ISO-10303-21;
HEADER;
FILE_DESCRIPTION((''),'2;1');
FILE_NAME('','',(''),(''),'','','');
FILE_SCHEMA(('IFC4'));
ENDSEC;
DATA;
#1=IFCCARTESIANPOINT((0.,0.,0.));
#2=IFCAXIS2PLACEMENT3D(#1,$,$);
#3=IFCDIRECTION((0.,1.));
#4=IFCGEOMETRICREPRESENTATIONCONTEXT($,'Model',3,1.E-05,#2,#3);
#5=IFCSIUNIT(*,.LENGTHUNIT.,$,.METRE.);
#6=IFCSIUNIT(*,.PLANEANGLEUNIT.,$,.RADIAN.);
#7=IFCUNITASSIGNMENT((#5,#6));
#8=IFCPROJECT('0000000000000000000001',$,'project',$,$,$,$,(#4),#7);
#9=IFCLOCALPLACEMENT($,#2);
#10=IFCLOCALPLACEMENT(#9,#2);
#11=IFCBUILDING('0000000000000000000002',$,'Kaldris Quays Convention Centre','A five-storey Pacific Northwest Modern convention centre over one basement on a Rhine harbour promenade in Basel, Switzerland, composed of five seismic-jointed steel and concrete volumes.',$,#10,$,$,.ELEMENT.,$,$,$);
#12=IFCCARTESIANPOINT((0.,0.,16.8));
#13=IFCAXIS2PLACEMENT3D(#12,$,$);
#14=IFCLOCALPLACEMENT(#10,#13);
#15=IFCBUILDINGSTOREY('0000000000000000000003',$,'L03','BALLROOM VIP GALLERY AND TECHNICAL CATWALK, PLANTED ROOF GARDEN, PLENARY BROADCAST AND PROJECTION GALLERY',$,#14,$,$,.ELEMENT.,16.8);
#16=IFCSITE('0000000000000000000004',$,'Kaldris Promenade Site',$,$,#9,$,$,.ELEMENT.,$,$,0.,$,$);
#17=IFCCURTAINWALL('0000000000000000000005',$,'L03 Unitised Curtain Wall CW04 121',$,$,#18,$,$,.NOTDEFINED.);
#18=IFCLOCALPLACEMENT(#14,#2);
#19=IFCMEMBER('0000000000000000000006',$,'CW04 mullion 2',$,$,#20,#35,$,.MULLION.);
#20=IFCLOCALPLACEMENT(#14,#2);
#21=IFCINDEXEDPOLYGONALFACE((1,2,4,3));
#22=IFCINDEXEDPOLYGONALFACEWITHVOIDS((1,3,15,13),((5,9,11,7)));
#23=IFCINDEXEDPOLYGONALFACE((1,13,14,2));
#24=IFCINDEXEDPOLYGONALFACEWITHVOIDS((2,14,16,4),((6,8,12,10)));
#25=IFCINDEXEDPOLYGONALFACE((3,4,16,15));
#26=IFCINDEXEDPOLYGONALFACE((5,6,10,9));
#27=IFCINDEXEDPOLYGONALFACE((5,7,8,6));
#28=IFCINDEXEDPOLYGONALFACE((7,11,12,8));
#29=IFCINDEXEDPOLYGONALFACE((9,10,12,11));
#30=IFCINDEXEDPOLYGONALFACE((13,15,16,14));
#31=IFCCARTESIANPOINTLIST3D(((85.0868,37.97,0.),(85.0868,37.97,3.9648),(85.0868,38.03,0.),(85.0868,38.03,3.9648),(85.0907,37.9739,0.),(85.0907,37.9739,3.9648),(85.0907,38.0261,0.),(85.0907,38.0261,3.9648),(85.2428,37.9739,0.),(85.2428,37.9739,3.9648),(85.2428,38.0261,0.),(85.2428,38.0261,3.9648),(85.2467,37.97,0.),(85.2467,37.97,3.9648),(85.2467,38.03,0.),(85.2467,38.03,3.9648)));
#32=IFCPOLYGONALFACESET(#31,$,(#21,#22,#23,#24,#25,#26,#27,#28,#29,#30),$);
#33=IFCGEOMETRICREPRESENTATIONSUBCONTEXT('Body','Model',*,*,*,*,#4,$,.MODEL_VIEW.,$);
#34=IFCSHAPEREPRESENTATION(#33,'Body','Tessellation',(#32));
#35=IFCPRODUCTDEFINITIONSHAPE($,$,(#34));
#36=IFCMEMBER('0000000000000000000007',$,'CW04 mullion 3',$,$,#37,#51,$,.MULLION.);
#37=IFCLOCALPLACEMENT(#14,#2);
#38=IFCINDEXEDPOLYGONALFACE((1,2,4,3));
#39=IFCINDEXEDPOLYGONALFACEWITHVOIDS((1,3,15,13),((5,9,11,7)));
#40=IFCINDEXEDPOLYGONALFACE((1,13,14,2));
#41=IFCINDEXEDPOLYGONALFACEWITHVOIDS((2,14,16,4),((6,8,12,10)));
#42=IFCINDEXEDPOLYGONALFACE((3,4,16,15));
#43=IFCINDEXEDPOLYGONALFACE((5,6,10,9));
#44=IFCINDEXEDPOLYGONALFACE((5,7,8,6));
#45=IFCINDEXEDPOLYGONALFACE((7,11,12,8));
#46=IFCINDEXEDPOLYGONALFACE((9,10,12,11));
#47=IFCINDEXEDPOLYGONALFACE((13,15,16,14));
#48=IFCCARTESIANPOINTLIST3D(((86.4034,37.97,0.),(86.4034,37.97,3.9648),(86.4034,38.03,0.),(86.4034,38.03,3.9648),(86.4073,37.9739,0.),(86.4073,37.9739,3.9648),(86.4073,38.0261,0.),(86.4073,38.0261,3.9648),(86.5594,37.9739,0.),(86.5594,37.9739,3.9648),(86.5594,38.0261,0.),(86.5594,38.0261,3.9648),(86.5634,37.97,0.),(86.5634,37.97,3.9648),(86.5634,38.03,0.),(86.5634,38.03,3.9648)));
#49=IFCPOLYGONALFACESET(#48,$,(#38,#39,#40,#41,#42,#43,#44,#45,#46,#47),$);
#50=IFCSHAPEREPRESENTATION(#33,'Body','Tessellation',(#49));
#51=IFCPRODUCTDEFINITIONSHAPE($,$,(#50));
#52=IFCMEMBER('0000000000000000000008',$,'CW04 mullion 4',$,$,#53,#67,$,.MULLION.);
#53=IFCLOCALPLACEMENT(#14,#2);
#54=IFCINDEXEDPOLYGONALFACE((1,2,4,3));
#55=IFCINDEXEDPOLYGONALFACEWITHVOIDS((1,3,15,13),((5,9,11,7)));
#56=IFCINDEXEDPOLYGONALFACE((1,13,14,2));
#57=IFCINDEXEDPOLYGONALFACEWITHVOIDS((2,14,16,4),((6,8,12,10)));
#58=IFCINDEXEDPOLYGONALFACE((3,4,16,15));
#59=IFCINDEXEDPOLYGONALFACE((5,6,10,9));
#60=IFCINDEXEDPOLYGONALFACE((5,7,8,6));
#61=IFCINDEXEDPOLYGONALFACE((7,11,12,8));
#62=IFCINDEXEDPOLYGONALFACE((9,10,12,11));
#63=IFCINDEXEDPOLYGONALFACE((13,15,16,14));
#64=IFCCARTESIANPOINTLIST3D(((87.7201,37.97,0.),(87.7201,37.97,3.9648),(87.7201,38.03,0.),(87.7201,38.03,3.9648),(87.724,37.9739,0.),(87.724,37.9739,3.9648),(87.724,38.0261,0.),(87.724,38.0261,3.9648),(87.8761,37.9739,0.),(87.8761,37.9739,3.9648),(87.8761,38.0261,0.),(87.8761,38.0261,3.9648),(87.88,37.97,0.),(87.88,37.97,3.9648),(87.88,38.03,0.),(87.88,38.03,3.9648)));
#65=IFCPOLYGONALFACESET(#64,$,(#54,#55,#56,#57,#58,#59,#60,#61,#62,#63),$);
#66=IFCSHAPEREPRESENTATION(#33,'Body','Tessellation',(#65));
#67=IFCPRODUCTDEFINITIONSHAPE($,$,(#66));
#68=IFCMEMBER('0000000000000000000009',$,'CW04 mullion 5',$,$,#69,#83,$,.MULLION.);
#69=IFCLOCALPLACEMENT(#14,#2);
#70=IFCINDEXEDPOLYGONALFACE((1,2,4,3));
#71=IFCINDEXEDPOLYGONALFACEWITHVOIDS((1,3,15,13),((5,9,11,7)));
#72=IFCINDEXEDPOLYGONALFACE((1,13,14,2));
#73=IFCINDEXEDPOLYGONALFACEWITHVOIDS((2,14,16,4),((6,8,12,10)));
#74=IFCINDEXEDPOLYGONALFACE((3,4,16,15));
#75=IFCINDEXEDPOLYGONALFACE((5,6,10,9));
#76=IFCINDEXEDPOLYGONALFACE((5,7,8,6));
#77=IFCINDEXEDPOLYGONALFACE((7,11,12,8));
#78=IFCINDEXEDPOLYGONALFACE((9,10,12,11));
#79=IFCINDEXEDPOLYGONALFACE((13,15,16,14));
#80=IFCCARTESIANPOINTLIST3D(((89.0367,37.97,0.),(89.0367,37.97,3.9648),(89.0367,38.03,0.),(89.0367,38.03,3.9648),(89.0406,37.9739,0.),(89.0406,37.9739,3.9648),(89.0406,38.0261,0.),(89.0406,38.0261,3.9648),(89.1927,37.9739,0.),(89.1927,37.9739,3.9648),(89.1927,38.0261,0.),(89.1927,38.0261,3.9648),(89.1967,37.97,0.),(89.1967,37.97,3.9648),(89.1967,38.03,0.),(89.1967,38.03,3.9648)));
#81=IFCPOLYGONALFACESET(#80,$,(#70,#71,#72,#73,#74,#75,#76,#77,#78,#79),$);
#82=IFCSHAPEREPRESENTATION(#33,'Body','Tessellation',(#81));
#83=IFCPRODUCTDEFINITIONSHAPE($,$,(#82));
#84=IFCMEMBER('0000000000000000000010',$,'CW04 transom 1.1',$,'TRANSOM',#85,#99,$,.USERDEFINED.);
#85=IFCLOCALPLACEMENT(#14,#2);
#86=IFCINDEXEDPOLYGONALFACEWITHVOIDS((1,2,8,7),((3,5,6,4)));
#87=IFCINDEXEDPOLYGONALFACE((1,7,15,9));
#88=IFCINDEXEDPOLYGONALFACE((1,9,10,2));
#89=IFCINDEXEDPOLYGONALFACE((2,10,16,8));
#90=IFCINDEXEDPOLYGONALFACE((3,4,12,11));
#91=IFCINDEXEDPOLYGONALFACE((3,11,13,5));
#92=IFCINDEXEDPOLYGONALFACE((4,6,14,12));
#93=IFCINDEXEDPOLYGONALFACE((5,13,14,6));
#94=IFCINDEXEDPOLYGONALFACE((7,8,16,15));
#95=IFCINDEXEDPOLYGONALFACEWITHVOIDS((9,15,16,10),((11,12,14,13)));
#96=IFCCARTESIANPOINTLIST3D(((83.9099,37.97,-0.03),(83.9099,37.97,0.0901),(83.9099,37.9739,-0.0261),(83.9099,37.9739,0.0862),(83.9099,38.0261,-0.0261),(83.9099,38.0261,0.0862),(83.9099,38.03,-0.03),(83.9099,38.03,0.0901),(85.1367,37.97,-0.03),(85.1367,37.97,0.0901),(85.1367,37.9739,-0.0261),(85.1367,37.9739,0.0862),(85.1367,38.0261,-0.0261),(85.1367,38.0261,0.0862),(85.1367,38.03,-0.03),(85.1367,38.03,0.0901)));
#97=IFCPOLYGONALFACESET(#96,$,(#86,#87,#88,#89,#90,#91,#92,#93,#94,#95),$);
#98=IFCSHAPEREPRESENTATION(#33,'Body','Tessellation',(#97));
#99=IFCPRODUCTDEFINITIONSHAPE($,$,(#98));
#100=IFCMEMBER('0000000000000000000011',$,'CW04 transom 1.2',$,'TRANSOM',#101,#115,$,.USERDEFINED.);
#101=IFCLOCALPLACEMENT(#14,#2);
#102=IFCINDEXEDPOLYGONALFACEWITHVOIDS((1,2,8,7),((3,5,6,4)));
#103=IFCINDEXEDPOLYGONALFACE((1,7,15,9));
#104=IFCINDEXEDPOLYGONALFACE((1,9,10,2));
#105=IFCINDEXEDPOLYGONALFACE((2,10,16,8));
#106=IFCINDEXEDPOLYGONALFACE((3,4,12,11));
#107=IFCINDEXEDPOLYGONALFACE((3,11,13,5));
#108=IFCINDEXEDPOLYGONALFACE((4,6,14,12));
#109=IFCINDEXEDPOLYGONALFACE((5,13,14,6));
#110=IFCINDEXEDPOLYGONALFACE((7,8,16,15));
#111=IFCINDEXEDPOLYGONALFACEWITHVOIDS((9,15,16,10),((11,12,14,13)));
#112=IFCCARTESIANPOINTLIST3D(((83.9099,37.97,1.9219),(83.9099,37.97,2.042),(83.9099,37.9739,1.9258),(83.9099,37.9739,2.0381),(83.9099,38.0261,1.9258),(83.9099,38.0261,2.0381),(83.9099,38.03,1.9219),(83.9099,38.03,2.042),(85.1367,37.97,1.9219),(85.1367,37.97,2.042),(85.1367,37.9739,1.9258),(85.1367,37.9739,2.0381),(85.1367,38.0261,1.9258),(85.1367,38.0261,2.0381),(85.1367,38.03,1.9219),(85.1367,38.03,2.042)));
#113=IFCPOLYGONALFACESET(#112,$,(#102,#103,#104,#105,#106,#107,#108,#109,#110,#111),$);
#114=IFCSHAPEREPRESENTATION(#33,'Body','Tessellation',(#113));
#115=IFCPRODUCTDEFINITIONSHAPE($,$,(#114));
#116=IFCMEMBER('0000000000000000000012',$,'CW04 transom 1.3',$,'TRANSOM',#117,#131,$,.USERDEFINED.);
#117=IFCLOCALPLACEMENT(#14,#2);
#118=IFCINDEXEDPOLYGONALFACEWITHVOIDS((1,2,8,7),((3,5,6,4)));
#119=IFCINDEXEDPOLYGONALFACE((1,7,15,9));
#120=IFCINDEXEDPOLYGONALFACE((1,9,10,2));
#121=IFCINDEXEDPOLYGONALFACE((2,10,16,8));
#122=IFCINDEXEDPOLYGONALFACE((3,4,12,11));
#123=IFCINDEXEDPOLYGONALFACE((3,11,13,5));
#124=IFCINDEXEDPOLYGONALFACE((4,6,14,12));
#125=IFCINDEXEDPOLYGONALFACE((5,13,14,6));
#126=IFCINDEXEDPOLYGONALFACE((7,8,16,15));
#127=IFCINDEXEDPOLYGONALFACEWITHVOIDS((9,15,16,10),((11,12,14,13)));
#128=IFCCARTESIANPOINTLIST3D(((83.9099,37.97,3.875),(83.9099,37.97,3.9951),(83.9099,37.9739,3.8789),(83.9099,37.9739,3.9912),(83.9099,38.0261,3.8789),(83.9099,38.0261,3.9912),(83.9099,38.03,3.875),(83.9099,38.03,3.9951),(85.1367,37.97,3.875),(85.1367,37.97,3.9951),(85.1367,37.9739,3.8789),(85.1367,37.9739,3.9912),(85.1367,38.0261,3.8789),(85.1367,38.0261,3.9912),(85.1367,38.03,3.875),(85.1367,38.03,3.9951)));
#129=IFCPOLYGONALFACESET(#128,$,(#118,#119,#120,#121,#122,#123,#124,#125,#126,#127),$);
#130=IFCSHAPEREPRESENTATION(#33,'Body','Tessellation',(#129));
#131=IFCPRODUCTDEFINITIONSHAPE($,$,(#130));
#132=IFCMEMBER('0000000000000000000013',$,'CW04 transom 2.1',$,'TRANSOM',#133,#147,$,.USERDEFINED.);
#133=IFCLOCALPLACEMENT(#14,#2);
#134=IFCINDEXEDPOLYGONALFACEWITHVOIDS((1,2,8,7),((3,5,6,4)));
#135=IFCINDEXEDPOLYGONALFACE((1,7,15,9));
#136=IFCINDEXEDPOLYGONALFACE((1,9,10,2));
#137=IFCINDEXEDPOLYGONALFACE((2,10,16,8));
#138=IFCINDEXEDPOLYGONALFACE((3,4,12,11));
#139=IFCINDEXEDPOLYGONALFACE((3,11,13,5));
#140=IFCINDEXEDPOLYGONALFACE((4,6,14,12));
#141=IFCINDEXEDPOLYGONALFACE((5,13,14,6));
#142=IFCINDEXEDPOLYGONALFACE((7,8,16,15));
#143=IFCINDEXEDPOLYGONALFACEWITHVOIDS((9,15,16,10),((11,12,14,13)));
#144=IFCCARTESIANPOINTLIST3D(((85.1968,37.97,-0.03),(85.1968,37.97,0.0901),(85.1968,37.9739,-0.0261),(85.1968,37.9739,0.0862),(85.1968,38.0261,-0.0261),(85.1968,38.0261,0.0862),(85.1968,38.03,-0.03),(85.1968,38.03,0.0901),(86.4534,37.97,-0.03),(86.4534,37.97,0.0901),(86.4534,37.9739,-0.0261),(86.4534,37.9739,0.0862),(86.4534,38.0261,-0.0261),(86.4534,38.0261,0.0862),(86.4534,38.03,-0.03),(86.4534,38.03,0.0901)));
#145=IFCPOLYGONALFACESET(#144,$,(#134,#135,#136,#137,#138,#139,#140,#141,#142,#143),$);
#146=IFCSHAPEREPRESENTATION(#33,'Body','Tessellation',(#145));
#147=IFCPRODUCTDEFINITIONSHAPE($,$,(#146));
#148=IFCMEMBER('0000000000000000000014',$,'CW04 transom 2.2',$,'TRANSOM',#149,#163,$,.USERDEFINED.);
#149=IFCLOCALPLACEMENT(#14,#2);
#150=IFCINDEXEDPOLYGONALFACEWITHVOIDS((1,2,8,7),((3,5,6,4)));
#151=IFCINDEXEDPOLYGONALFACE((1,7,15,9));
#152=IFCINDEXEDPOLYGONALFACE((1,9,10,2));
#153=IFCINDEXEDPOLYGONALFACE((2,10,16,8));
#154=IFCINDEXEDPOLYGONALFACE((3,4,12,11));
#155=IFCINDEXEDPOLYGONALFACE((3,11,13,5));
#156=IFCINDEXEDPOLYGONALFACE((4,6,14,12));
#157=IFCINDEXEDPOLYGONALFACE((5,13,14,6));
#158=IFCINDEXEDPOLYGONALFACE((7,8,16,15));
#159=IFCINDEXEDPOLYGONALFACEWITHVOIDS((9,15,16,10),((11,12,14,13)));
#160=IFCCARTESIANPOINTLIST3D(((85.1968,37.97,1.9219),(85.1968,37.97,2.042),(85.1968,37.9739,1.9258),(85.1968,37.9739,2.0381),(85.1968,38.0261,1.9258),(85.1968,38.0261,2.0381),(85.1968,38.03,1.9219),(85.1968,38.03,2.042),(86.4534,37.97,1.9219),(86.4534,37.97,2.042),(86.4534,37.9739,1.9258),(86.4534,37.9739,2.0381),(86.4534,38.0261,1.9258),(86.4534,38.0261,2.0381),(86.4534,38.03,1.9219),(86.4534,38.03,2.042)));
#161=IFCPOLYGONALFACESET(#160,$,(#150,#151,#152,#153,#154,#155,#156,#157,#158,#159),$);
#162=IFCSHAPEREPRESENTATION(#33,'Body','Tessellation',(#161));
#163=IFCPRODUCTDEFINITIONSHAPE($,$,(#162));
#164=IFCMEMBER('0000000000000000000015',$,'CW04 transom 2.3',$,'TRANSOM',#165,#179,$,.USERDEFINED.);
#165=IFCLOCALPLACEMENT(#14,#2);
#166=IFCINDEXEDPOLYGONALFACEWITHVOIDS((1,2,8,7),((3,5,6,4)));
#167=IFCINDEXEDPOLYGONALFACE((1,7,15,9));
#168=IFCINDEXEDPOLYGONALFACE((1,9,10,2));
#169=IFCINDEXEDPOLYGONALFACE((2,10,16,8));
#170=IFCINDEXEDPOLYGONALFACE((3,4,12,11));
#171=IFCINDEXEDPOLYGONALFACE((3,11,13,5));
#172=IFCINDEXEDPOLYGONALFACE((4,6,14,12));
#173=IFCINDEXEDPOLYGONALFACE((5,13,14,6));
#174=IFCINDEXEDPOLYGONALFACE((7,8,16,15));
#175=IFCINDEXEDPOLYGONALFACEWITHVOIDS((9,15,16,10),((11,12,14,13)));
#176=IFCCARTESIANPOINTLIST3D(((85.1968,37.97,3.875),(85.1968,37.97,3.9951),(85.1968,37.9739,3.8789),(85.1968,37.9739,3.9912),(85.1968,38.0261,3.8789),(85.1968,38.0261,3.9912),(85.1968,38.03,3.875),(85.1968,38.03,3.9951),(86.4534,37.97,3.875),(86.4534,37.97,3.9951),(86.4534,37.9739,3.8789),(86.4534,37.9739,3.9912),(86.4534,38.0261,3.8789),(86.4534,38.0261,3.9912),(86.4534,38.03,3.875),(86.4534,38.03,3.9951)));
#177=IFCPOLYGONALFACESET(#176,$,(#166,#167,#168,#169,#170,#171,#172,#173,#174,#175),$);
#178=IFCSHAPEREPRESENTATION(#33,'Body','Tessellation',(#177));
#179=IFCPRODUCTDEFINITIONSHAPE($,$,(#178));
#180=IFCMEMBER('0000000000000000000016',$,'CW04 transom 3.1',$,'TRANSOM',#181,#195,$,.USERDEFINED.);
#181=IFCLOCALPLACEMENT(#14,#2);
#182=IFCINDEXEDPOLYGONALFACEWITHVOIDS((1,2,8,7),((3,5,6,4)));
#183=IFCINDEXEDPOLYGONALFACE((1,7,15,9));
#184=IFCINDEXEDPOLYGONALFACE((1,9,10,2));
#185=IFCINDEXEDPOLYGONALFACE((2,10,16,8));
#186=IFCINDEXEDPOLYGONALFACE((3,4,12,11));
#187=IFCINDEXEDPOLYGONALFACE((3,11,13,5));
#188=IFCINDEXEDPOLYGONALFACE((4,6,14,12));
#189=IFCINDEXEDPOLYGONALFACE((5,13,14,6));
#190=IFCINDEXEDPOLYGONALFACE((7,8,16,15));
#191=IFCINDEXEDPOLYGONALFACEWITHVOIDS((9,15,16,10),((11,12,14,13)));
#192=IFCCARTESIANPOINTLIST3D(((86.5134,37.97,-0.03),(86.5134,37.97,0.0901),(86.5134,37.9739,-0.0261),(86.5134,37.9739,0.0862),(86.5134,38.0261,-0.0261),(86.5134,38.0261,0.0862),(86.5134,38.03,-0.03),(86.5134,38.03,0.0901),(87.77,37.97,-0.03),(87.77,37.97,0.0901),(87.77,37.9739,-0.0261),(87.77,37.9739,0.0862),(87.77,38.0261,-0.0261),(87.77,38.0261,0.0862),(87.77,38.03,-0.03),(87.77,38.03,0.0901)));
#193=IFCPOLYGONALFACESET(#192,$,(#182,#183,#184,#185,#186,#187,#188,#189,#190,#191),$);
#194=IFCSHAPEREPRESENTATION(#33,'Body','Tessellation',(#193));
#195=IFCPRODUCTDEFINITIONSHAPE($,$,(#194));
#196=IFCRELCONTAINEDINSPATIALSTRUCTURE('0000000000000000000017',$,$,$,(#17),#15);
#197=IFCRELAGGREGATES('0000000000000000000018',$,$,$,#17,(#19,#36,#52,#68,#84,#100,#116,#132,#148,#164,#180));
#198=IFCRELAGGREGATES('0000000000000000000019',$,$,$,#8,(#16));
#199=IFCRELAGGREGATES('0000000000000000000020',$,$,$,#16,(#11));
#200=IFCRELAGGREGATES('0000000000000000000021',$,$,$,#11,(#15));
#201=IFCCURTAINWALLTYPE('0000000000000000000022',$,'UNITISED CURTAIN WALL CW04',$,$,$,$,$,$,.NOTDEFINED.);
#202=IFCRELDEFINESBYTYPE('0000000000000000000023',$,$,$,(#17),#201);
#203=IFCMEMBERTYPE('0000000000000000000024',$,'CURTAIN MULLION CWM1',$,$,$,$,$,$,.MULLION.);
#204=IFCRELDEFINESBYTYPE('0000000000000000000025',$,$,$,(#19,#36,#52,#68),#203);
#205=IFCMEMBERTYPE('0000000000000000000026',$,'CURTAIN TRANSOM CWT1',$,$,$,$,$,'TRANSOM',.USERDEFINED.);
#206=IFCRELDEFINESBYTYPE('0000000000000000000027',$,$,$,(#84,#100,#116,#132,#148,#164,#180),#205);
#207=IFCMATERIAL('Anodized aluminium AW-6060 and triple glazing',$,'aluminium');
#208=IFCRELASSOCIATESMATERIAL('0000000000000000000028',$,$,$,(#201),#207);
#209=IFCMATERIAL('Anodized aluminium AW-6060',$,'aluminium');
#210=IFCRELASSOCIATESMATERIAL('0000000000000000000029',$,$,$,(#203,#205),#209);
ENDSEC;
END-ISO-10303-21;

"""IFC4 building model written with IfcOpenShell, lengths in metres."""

from ifc_helpers import new_model, si_unit, direction, frame, origin, origin_2d, place, context, subcontext, project, spatial, hollow_rectangle, extrude, material, material_profile, profile_set, type_object, element, aggregate, save


model = new_model("IFC4")

# Units and contexts
model_context = context("Model", 3, precision=1e-05, world=origin(), true_north=direction((0.0, 1.0)))
body_context = subcontext(model_context, "Body", "Model", "MODEL_VIEW")
ifc_project = project(units=[si_unit("LENGTHUNIT", "METRE"), si_unit("PLANEANGLEUNIT", "RADIAN")], contexts=[model_context])

# Site, building, storey
site_placement = place(None, origin())
site = spatial("IfcSite", under=ifc_project, at=site_placement, Name="Kaldris Promenade Site", CompositionType="ELEMENT", RefElevation=0.0)
building_placement = place(site_placement, origin())
building = spatial("IfcBuilding", under=site, at=building_placement, Name="Kaldris Quays Convention Centre", Description="A five-storey Pacific Northwest Modern convention centre over one basement on a Rhine harbour promenade in Basel, Switzerland, composed of five seismic-jointed steel and concrete volumes.", CompositionType="ELEMENT")
storey_placement = place(building_placement, frame((0.0, 0.0, 16.8)))
storey = spatial("IfcBuildingStorey", under=building, at=storey_placement, Name="L03", Description="BALLROOM VIP GALLERY AND TECHNICAL CATWALK, PLANTED ROOF GARDEN, PLENARY BROADCAST AND PROJECTION GALLERY", CompositionType="ELEMENT", Elevation=16.8)

# Curtain wall, members
ifc_material_1 = material(Name="Anodized aluminium AW-6060 and triple glazing", Category="aluminium")
curtain_wall_type = type_object("IfcCurtainWallType", Name="UNITISED CURTAIN WALL CW04", PredefinedType="NOTDEFINED", material=ifc_material_1)
curtain_wall_placement = place(storey_placement, origin())
curtain_wall = element("IfcCurtainWall", 1, at=curtain_wall_placement, inside=storey, type_object=curtain_wall_type, Name="L03 Unitised Curtain Wall CW04 121", PredefinedType="NOTDEFINED")
ifc_material_2 = material(Name="Anodized aluminium AW-6060", Category="aluminium")
ifc_material_profile_1 = material_profile(ifc_material_2, hollow_rectangle(XDim=0.0601, YDim=0.1599, WallThickness=0.0039, at=origin_2d()), Name="RHS 160x60x4")
ifc_profile_set_1 = profile_set([ifc_material_profile_1], Name="Anodized aluminium AW-6060")
member_type_1 = type_object("IfcMemberType", Name="CURTAIN MULLION CWM1", PredefinedType="MULLION", material=ifc_profile_set_1)
member_1_placement = place(storey_placement, frame((85.1667, 38.0, 0.0), z_axis=(0.0, 0.0, 1.0), x_axis=(0.0, 1.0, 0.0)))
member_1 = element("IfcMember", 2, at=member_1_placement, type_object=member_type_1, Name="CW04 mullion 2", PredefinedType="MULLION", context=body_context, shape_type="SweptSolid", body=[
    extrude(hollow_rectangle(XDim=0.0601, YDim=0.1599, WallThickness=0.0039, at=origin_2d()), origin(), (0.0, 0.0, 1.0), 3.9648),
])
member_2_placement = place(storey_placement, frame((86.4834, 38.0, 0.0), z_axis=(0.0, 0.0, 1.0), x_axis=(0.0, 1.0, 0.0)))
member_2 = element("IfcMember", 3, at=member_2_placement, type_object=member_type_1, Name="CW04 mullion 3", PredefinedType="MULLION", context=body_context, shape_type="SweptSolid", body=[
    extrude(hollow_rectangle(XDim=0.0601, YDim=0.1599, WallThickness=0.0039, at=origin_2d()), origin(), (0.0, 0.0, 1.0), 3.9648),
])
member_3_placement = place(storey_placement, frame((87.8, 38.0, 0.0), z_axis=(0.0, 0.0, 1.0), x_axis=(0.0, 1.0, 0.0)))
member_3 = element("IfcMember", 4, at=member_3_placement, type_object=member_type_1, Name="CW04 mullion 4", PredefinedType="MULLION", context=body_context, shape_type="SweptSolid", body=[
    extrude(hollow_rectangle(XDim=0.0601, YDim=0.1599, WallThickness=0.0039, at=origin_2d()), origin(), (0.0, 0.0, 1.0), 3.9648),
])
member_4_placement = place(storey_placement, frame((89.1167, 38.0, 0.0), z_axis=(0.0, 0.0, 1.0), x_axis=(0.0, 1.0, 0.0)))
member_4 = element("IfcMember", 5, at=member_4_placement, type_object=member_type_1, Name="CW04 mullion 5", PredefinedType="MULLION", context=body_context, shape_type="SweptSolid", body=[
    extrude(hollow_rectangle(XDim=0.0601, YDim=0.1599, WallThickness=0.0039, at=origin_2d()), origin(), (0.0, 0.0, 1.0), 3.9648),
])
ifc_material_profile_2 = material_profile(ifc_material_2, hollow_rectangle(XDim=0.0601, YDim=0.1201, WallThickness=0.0039, at=origin_2d()), Name="RHS 120x60x4")
ifc_profile_set_2 = profile_set([ifc_material_profile_2], Name="Anodized aluminium AW-6060")
member_type_2 = type_object("IfcMemberType", Name="CURTAIN TRANSOM CWT1", ElementType="TRANSOM", PredefinedType="USERDEFINED", material=ifc_profile_set_2)
member_5_placement = place(storey_placement, frame((83.9099, 38.0, 0.03), z_axis=(1.0, 0.0, 0.0), x_axis=(0.0, 1.0, 0.0)))
member_5 = element("IfcMember", 6, at=member_5_placement, type_object=member_type_2, Name="CW04 transom 1.1", ObjectType="TRANSOM", PredefinedType="USERDEFINED", context=body_context, shape_type="SweptSolid", body=[
    extrude(hollow_rectangle(XDim=0.0601, YDim=0.1201, WallThickness=0.0039, at=origin_2d()), origin(), (0.0, 0.0, 1.0), 1.2268),
])
member_6_placement = place(storey_placement, frame((83.9099, 38.0, 1.9819), z_axis=(1.0, 0.0, 0.0), x_axis=(0.0, 1.0, 0.0)))
member_6 = element("IfcMember", 7, at=member_6_placement, type_object=member_type_2, Name="CW04 transom 1.2", ObjectType="TRANSOM", PredefinedType="USERDEFINED", context=body_context, shape_type="SweptSolid", body=[
    extrude(hollow_rectangle(XDim=0.0601, YDim=0.1201, WallThickness=0.0039, at=origin_2d()), origin(), (0.0, 0.0, 1.0), 1.2268),
])
member_7_placement = place(storey_placement, frame((83.9099, 38.0, 3.9351), z_axis=(1.0, 0.0, 0.0), x_axis=(0.0, 1.0, 0.0)))
member_7 = element("IfcMember", 8, at=member_7_placement, type_object=member_type_2, Name="CW04 transom 1.3", ObjectType="TRANSOM", PredefinedType="USERDEFINED", context=body_context, shape_type="SweptSolid", body=[
    extrude(hollow_rectangle(XDim=0.0601, YDim=0.1201, WallThickness=0.0039, at=origin_2d()), origin(), (0.0, 0.0, 1.0), 1.2268),
])
member_8_placement = place(storey_placement, frame((85.1968, 38.0, 0.03), z_axis=(1.0, 0.0, 0.0), x_axis=(0.0, 1.0, 0.0)))
member_8 = element("IfcMember", 9, at=member_8_placement, type_object=member_type_2, Name="CW04 transom 2.1", ObjectType="TRANSOM", PredefinedType="USERDEFINED", context=body_context, shape_type="SweptSolid", body=[
    extrude(hollow_rectangle(XDim=0.0601, YDim=0.1201, WallThickness=0.0039, at=origin_2d()), origin(), (0.0, 0.0, 1.0), 1.2566),
])
member_9_placement = place(storey_placement, frame((85.1968, 38.0, 1.9819), z_axis=(1.0, 0.0, 0.0), x_axis=(0.0, 1.0, 0.0)))
member_9 = element("IfcMember", 10, at=member_9_placement, type_object=member_type_2, Name="CW04 transom 2.2", ObjectType="TRANSOM", PredefinedType="USERDEFINED", context=body_context, shape_type="SweptSolid", body=[
    extrude(hollow_rectangle(XDim=0.0601, YDim=0.1201, WallThickness=0.0039, at=origin_2d()), origin(), (0.0, 0.0, 1.0), 1.2566),
])
member_10_placement = place(storey_placement, frame((85.1968, 38.0, 3.9351), z_axis=(1.0, 0.0, 0.0), x_axis=(0.0, 1.0, 0.0)))
member_10 = element("IfcMember", 11, at=member_10_placement, type_object=member_type_2, Name="CW04 transom 2.3", ObjectType="TRANSOM", PredefinedType="USERDEFINED", context=body_context, shape_type="SweptSolid", body=[
    extrude(hollow_rectangle(XDim=0.0601, YDim=0.1201, WallThickness=0.0039, at=origin_2d()), origin(), (0.0, 0.0, 1.0), 1.2566),
])
member_11_placement = place(storey_placement, frame((86.5134, 38.0, 0.03), z_axis=(1.0, 0.0, 0.0), x_axis=(0.0, 1.0, 0.0)))
member_11 = element("IfcMember", 12, at=member_11_placement, type_object=member_type_2, Name="CW04 transom 3.1", ObjectType="TRANSOM", PredefinedType="USERDEFINED", context=body_context, shape_type="SweptSolid", body=[
    extrude(hollow_rectangle(XDim=0.0601, YDim=0.1201, WallThickness=0.0039, at=origin_2d()), origin(), (0.0, 0.0, 1.0), 1.2566),
])
aggregate(curtain_wall, [member_1, member_2, member_3, member_4, member_5, member_6, member_7, member_8, member_9, member_10, member_11])

save(model, "model.ifc")
